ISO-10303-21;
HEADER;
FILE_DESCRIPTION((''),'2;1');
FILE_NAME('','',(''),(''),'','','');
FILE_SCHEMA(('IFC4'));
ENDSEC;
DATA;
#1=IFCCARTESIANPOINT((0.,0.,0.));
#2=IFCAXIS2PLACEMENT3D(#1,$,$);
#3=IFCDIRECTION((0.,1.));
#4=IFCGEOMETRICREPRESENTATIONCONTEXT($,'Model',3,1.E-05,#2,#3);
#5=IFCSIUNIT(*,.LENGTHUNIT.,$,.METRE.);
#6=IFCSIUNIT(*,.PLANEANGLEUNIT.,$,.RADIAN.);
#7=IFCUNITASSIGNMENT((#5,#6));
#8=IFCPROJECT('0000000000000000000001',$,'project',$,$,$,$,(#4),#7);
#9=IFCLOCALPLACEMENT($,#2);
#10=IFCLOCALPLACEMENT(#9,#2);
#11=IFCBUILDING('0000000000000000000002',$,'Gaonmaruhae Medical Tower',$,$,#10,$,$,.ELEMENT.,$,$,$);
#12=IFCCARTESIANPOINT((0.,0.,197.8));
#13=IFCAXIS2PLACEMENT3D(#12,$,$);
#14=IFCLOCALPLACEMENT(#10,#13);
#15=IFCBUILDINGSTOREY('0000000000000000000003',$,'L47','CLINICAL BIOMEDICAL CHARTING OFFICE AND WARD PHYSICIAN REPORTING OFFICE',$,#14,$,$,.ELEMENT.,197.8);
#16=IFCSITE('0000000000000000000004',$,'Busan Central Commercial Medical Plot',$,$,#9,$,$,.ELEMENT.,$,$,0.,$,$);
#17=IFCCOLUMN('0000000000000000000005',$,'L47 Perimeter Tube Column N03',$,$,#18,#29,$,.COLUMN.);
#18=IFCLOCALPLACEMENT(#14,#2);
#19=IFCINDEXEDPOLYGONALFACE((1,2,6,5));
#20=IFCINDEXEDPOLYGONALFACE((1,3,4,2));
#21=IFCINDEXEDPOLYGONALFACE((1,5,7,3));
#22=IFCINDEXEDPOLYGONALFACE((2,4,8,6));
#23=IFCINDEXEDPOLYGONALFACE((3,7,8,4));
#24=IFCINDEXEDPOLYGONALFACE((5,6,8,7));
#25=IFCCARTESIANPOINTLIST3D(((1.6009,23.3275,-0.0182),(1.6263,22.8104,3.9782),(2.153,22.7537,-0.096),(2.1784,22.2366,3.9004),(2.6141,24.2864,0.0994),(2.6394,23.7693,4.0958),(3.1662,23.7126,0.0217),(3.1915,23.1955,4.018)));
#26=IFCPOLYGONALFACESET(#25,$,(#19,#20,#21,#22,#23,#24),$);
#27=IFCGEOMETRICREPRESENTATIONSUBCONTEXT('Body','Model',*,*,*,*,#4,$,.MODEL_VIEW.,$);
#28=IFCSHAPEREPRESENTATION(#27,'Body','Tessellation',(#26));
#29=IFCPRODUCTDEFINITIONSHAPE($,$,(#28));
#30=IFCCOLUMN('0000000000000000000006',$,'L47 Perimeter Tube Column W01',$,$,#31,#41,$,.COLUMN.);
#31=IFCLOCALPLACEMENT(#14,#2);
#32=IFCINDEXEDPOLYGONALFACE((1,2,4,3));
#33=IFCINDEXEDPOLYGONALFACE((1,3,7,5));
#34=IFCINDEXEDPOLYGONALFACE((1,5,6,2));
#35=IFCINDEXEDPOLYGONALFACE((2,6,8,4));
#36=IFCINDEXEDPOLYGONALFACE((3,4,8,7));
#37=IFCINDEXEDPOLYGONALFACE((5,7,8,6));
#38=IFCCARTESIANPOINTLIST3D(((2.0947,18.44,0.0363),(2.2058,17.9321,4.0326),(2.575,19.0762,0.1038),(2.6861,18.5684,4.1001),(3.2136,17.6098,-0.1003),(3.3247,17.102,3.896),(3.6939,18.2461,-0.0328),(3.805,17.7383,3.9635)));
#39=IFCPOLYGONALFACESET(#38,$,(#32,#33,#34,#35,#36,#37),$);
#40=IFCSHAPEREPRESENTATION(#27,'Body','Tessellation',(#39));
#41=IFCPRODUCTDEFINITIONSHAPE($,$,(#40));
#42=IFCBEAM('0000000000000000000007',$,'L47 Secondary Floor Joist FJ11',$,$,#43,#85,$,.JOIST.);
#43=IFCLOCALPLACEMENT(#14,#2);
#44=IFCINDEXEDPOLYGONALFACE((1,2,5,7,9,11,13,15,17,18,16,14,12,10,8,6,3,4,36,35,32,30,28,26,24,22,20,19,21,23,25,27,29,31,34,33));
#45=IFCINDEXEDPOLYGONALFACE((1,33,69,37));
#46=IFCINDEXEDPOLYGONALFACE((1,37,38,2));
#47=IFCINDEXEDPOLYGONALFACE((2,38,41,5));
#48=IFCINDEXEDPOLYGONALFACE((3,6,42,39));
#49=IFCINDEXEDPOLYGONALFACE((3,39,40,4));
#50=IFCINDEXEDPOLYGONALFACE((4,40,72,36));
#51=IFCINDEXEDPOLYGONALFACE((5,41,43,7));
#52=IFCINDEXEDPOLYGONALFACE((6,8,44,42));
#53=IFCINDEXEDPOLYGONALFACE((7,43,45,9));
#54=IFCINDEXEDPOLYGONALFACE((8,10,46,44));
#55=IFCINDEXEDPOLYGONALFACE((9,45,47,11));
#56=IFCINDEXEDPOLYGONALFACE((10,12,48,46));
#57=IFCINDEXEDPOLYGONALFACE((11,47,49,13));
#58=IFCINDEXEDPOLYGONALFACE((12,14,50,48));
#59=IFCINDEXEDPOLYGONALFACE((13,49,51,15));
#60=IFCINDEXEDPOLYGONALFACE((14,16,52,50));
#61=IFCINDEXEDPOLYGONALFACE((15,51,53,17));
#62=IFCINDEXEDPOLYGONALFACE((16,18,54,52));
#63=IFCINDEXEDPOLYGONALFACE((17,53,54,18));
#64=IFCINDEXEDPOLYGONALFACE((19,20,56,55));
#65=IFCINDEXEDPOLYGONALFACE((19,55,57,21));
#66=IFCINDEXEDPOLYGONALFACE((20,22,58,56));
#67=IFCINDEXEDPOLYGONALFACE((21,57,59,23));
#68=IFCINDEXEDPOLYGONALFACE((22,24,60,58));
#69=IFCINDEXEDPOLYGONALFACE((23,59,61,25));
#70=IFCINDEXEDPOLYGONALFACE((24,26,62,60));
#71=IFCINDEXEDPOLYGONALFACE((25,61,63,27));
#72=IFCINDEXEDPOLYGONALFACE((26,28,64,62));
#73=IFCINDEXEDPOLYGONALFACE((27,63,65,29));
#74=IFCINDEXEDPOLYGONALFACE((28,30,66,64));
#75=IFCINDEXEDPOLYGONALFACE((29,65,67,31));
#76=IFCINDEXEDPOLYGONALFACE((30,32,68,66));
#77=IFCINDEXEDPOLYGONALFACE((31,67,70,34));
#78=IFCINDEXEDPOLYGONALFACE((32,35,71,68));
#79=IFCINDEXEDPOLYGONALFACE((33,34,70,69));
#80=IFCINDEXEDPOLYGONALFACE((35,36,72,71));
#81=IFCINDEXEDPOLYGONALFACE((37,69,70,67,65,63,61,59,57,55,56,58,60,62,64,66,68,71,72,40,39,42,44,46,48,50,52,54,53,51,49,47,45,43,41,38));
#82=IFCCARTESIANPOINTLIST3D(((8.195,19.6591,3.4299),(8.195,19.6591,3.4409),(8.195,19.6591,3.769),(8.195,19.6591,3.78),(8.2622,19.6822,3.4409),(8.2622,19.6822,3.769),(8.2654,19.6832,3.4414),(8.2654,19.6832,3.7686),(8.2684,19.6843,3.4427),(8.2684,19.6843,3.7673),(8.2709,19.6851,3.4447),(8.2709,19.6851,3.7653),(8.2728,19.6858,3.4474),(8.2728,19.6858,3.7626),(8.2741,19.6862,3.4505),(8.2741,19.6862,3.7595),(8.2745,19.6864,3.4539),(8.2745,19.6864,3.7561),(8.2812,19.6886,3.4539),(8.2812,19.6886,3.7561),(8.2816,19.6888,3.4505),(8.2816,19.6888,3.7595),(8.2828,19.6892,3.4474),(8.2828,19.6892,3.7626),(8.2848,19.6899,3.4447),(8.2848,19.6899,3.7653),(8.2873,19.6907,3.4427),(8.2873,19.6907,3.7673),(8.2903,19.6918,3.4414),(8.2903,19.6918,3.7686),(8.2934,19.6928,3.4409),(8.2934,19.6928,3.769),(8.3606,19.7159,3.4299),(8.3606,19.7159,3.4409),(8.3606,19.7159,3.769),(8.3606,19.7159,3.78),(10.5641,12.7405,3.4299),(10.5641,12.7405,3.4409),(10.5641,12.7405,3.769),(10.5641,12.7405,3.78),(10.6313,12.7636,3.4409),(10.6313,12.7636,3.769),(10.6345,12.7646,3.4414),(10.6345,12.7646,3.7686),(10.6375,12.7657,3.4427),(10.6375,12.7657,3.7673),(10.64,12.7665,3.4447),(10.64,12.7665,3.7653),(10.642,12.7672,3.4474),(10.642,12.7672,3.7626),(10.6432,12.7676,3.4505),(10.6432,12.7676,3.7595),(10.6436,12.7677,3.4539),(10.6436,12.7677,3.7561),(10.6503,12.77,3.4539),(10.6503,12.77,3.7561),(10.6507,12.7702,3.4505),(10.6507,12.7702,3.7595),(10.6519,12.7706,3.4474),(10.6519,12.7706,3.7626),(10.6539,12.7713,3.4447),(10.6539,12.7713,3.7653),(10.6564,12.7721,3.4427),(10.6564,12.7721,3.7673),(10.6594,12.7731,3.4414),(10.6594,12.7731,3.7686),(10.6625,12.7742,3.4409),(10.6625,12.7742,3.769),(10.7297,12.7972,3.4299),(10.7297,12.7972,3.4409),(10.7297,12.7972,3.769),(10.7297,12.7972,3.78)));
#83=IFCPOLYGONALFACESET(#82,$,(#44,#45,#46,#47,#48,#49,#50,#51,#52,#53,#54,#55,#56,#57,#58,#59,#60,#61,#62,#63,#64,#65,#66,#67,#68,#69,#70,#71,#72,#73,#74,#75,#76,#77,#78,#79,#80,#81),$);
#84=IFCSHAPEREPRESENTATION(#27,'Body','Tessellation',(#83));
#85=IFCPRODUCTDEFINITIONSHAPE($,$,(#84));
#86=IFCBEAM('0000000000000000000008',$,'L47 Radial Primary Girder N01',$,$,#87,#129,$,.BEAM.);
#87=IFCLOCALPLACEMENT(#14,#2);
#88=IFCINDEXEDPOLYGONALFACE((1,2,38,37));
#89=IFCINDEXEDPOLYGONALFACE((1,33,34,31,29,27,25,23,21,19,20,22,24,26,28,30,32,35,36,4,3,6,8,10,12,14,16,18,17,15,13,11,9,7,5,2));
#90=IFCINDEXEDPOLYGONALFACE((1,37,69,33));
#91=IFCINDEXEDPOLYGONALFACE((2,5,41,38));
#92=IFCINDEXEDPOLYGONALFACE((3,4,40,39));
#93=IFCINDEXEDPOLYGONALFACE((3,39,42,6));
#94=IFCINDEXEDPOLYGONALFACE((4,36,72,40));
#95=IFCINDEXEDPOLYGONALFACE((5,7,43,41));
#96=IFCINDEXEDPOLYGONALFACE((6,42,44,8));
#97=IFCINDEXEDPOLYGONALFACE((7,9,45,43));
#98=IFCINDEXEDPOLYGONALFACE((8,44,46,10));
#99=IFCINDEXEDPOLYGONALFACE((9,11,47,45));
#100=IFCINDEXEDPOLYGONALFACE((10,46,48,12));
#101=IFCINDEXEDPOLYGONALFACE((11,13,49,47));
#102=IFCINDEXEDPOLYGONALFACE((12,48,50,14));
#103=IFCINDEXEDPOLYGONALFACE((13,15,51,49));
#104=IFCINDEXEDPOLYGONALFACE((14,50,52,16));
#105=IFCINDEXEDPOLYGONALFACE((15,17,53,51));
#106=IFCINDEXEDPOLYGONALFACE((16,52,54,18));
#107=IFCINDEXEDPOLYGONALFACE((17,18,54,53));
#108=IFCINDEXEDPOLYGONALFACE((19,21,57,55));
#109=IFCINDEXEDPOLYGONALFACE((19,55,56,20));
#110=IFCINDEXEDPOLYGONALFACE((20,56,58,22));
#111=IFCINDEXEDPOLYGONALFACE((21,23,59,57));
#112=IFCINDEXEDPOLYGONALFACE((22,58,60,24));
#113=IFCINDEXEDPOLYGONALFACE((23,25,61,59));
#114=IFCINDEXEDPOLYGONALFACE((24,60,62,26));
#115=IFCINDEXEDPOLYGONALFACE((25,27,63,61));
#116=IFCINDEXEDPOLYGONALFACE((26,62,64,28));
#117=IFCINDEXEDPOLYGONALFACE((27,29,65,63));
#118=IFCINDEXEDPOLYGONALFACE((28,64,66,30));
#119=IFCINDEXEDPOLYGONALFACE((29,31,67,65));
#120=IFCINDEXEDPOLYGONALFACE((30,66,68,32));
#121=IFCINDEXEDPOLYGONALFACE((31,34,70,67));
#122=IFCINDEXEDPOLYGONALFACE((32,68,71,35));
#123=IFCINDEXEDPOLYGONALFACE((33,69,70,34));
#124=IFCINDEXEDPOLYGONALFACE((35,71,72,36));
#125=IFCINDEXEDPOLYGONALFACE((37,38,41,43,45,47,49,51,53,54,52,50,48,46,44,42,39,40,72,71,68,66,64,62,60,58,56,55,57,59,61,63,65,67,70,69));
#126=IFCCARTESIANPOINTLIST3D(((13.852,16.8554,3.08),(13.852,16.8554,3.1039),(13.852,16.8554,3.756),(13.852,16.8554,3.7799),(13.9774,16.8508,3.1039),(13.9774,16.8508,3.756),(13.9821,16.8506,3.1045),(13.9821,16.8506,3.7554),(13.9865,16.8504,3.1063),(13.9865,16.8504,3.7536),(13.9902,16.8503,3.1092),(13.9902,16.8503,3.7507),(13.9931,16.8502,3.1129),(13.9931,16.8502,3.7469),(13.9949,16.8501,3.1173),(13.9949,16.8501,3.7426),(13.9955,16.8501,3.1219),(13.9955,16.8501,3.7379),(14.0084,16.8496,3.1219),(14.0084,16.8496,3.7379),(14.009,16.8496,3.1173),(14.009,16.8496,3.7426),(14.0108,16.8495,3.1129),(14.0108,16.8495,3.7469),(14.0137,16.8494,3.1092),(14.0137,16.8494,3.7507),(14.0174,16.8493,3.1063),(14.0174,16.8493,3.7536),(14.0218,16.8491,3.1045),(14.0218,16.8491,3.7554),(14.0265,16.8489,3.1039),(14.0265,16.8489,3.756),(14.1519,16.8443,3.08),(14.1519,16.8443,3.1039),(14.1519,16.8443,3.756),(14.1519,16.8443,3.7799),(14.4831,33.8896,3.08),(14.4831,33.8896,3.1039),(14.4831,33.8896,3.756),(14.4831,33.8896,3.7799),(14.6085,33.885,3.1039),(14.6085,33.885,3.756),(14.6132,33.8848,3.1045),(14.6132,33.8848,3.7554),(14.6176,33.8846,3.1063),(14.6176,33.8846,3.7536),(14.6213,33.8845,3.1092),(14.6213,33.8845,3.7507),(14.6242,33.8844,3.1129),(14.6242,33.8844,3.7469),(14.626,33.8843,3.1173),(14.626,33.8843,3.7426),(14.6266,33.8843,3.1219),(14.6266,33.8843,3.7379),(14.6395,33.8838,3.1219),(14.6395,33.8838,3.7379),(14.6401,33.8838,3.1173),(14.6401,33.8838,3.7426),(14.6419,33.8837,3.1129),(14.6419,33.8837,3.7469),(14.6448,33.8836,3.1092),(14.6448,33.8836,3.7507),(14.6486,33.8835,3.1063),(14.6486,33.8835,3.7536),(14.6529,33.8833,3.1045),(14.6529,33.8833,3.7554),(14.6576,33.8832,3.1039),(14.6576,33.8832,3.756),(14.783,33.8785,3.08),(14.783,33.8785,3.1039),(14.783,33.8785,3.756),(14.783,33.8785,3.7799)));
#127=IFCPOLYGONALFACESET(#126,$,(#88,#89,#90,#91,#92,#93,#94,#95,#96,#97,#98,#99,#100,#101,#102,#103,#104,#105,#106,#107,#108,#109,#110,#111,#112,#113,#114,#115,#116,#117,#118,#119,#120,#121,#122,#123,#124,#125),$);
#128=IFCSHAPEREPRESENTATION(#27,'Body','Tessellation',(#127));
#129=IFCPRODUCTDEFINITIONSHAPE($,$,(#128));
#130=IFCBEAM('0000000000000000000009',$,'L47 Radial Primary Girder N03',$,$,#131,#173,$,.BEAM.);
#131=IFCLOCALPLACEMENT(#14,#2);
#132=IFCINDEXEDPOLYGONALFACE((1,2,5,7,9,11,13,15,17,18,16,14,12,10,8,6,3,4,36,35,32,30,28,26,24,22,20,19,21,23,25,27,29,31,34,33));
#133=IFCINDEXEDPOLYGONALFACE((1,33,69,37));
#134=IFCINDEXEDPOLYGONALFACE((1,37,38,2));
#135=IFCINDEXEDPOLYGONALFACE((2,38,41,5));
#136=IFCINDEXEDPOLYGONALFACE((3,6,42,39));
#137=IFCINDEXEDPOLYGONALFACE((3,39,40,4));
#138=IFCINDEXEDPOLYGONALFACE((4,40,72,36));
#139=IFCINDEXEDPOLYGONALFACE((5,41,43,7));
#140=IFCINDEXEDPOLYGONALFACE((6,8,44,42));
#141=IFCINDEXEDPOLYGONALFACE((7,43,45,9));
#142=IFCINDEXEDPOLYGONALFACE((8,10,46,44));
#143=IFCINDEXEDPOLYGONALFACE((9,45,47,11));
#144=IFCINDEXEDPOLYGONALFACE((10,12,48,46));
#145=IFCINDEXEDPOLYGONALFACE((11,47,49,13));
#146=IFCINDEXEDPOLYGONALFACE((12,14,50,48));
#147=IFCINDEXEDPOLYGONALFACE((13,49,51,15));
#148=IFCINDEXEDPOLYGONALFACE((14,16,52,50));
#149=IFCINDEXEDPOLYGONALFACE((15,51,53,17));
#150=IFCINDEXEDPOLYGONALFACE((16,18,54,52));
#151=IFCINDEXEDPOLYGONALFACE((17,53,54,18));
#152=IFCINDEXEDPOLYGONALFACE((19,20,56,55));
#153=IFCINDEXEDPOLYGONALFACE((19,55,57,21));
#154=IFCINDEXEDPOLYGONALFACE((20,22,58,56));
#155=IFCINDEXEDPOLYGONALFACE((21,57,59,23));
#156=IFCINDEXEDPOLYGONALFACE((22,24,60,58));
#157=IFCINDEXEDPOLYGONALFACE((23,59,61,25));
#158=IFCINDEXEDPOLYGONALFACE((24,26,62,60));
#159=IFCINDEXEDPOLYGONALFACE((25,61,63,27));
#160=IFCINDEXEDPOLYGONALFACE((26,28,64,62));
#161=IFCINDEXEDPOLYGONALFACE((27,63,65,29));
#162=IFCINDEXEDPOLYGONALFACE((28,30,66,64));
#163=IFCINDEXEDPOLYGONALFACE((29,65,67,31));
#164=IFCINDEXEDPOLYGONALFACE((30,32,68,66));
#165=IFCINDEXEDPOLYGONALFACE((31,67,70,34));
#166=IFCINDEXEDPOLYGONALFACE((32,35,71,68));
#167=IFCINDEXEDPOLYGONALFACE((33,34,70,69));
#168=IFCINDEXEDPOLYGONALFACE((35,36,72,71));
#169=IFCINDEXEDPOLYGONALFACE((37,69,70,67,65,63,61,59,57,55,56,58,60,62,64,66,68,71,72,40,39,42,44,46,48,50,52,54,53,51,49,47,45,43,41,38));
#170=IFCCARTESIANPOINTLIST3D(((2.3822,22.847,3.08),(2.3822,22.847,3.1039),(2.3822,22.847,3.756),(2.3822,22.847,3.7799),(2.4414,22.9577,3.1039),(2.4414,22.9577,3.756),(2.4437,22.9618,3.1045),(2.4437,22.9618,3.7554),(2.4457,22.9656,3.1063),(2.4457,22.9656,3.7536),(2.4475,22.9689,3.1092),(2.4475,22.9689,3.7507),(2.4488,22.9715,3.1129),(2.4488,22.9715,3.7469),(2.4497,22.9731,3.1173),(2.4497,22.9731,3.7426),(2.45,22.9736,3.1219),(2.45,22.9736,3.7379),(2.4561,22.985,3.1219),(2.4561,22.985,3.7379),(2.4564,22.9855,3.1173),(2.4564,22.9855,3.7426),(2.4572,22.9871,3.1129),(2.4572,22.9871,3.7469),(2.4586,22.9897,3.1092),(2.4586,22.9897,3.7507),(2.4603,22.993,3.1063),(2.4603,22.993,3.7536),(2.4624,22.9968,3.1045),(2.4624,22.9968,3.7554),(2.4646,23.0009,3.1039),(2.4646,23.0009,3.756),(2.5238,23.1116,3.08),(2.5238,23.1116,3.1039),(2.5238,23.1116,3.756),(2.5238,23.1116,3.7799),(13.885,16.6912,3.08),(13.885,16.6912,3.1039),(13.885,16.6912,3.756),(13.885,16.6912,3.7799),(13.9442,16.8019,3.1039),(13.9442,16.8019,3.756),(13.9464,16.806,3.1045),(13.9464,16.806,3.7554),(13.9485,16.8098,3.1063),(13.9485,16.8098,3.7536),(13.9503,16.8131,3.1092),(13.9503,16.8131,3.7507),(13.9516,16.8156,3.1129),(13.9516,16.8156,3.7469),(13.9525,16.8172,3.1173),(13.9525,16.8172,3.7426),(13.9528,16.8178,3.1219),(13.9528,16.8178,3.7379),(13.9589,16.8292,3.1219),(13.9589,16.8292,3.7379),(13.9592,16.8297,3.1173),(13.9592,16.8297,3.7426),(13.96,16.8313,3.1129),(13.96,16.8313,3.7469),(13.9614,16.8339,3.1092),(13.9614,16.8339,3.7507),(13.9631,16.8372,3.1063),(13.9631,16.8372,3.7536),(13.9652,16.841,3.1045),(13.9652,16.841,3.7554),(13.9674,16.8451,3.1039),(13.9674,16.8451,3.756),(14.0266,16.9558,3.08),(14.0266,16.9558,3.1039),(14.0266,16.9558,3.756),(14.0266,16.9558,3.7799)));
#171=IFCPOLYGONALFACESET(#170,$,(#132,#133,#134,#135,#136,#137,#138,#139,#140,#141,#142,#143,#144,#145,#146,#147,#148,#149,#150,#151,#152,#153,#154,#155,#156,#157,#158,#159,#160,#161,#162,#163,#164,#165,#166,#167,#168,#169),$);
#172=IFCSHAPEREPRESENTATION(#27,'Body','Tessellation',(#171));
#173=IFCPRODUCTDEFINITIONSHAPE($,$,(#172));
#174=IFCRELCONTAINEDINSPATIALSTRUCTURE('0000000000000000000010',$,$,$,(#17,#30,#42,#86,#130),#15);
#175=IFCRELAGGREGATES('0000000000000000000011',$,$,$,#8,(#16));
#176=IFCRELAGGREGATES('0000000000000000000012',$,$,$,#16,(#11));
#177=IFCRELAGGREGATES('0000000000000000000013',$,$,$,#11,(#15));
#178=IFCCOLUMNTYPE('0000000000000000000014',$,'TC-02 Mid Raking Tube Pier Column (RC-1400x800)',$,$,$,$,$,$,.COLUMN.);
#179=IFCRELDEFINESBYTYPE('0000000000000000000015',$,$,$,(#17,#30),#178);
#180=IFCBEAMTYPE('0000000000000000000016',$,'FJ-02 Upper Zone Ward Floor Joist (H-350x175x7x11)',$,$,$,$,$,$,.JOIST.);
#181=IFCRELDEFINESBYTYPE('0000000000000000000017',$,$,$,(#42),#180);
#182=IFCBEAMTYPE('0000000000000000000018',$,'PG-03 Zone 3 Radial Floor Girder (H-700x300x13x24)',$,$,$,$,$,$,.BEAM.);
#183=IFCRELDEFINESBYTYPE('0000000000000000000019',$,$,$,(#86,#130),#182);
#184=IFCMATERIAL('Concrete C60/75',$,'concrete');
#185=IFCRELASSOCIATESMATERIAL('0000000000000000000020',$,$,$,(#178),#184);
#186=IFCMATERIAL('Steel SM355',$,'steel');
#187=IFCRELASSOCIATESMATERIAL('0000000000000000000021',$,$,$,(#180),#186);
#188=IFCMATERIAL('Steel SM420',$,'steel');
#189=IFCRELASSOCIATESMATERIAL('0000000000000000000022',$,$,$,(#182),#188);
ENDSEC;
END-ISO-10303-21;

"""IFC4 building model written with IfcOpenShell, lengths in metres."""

from ifc_helpers import new_model, si_unit, direction, frame, origin, origin_2d, place, context, subcontext, project, spatial, rectangle, i_section, extrude, material, material_profile, profile_set, type_object, element, save


model = new_model("IFC4")

# Units and contexts
model_context = context("Model", 3, precision=1e-05, world=origin(), true_north=direction((0.0, 1.0)))
body_context = subcontext(model_context, "Body", "Model", "MODEL_VIEW")
ifc_project = project(units=[si_unit("LENGTHUNIT", "METRE"), si_unit("PLANEANGLEUNIT", "RADIAN")], contexts=[model_context])

# Site, building, storey
site_placement = place(None, origin())
site = spatial("IfcSite", under=ifc_project, at=site_placement, Name="Busan Central Commercial Medical Plot", CompositionType="ELEMENT", RefElevation=0.0)
building_placement = place(site_placement, origin())
building = spatial("IfcBuilding", under=site, at=building_placement, Name="Gaonmaruhae Medical Tower", CompositionType="ELEMENT")
storey_placement = place(building_placement, frame((0.0, 0.0, 197.8)))
storey = spatial("IfcBuildingStorey", under=building, at=storey_placement, Name="L47", Description="CLINICAL BIOMEDICAL CHARTING OFFICE AND WARD PHYSICIAN REPORTING OFFICE", CompositionType="ELEMENT", Elevation=197.8)

# Columns
ifc_material_1 = material(Name="Concrete C60/75", Category="concrete")
ifc_material_profile_1 = material_profile(ifc_material_1, rectangle(XDim=1.3999, YDim=0.8, at=origin_2d()), Name="RC-1400x800")
ifc_profile_set_1 = profile_set([ifc_material_profile_1], Name="Concrete C60/75")
column_type = type_object("IfcColumnType", Name="TC-02 Mid Raking Tube Pier Column (RC-1400x800)", PredefinedType="COLUMN", material=ifc_profile_set_1)
column_1_placement = place(storey_placement, frame((2.3835, 23.52, 0.0017), z_axis=(0.006301, -0.128319, 0.991713), x_axis=(0.723701, 0.684978, 0.084032)))
element("IfcColumn", 1, at=column_1_placement, inside=storey, type_object=column_type, Name="L47 Perimeter Tube Column N03", PredefinedType="COLUMN", context=body_context, shape_type="SweptSolid", body=[
    extrude(rectangle(XDim=1.3999, YDim=0.8, at=origin_2d()), origin(), (0.0, 0.0, 1.0), 4.0298),
])
column_2_placement = place(storey_placement, frame((2.8943, 18.343, 0.0017), z_axis=(0.027564, -0.126008, 0.991646), x_axis=(-0.799267, 0.593003, 0.097569)))
element("IfcColumn", 2, at=column_2_placement, inside=storey, type_object=column_type, Name="L47 Perimeter Tube Column W01", PredefinedType="COLUMN", context=body_context, shape_type="SweptSolid", body=[
    extrude(rectangle(XDim=1.3999, YDim=0.8, at=origin_2d()), origin(), (0.0, 0.0, 1.0), 4.03),
])

# Beams
ifc_material_2 = material(Name="Steel SM355", Category="steel")
ifc_material_profile_2 = material_profile(ifc_material_2, i_section(OverallWidth=0.175, OverallDepth=0.3501, WebThickness=0.0071, FlangeThickness=0.011, FilletRadius=0.0129, at=origin_2d()), Name="H-350x175x7x11")
ifc_profile_set_2 = profile_set([ifc_material_profile_2], Name="Steel SM355")
beam_type_1 = type_object("IfcBeamType", Name="FJ-02 Upper Zone Ward Floor Joist (H-350x175x7x11)", PredefinedType="JOIST", material=ifc_profile_set_2)
beam_1_placement = place(storey_placement, frame((8.2778, 19.6875, 3.605), z_axis=(0.323959, -0.946071, 0.0), x_axis=(0.946071, 0.323959, 0.0)))
element("IfcBeam", 3, at=beam_1_placement, inside=storey, type_object=beam_type_1, Name="L47 Secondary Floor Joist FJ11", PredefinedType="JOIST", context=body_context, shape_type="SweptSolid", body=[
    extrude(i_section(OverallWidth=0.175, OverallDepth=0.3501, WebThickness=0.0071, FlangeThickness=0.011, FilletRadius=0.0129, at=origin_2d()), origin(), (0.0, 0.0, 1.0), 7.313),
])
ifc_material_3 = material(Name="Steel SM420", Category="steel")
ifc_material_profile_3 = material_profile(ifc_material_3, i_section(OverallWidth=0.3, OverallDepth=0.7, WebThickness=0.0129, FlangeThickness=0.0239, FilletRadius=0.0181, at=origin_2d()), Name="H-700x300x13x24")
ifc_profile_set_3 = profile_set([ifc_material_profile_3], Name="Steel SM420")
beam_type_2 = type_object("IfcBeamType", Name="PG-03 Zone 3 Radial Floor Girder (H-700x300x13x24)", PredefinedType="BEAM", material=ifc_profile_set_3)
beam_2_placement = place(storey_placement, frame((14.002, 16.8499, 3.4299), z_axis=(0.037024, 0.999314, 0.0), x_axis=(-0.999314, 0.037024, 0.0)))
element("IfcBeam", 4, at=beam_2_placement, inside=storey, type_object=beam_type_2, Name="L47 Radial Primary Girder N01", PredefinedType="BEAM", context=body_context, shape_type="SweptSolid", body=[
    extrude(i_section(OverallWidth=0.3, OverallDepth=0.7, WebThickness=0.0129, FlangeThickness=0.0239, FilletRadius=0.0181, at=origin_2d()), origin(), (0.0, 0.0, 1.0), 17.0459),
])
beam_3_placement = place(storey_placement, frame((13.9558, 16.8235, 3.4299), z_axis=(-0.881684, 0.471841, 0.0), x_axis=(-0.471841, -0.881684, 0.0)))
element("IfcBeam", 5, at=beam_3_placement, inside=storey, type_object=beam_type_2, Name="L47 Radial Primary Girder N03", PredefinedType="BEAM", context=body_context, shape_type="SweptSolid", body=[
    extrude(i_section(OverallWidth=0.3, OverallDepth=0.7, WebThickness=0.0129, FlangeThickness=0.0239, FilletRadius=0.0181, at=origin_2d()), origin(), (0.0, 0.0, 1.0), 13.0464),
])

save(model, "model.ifc")
